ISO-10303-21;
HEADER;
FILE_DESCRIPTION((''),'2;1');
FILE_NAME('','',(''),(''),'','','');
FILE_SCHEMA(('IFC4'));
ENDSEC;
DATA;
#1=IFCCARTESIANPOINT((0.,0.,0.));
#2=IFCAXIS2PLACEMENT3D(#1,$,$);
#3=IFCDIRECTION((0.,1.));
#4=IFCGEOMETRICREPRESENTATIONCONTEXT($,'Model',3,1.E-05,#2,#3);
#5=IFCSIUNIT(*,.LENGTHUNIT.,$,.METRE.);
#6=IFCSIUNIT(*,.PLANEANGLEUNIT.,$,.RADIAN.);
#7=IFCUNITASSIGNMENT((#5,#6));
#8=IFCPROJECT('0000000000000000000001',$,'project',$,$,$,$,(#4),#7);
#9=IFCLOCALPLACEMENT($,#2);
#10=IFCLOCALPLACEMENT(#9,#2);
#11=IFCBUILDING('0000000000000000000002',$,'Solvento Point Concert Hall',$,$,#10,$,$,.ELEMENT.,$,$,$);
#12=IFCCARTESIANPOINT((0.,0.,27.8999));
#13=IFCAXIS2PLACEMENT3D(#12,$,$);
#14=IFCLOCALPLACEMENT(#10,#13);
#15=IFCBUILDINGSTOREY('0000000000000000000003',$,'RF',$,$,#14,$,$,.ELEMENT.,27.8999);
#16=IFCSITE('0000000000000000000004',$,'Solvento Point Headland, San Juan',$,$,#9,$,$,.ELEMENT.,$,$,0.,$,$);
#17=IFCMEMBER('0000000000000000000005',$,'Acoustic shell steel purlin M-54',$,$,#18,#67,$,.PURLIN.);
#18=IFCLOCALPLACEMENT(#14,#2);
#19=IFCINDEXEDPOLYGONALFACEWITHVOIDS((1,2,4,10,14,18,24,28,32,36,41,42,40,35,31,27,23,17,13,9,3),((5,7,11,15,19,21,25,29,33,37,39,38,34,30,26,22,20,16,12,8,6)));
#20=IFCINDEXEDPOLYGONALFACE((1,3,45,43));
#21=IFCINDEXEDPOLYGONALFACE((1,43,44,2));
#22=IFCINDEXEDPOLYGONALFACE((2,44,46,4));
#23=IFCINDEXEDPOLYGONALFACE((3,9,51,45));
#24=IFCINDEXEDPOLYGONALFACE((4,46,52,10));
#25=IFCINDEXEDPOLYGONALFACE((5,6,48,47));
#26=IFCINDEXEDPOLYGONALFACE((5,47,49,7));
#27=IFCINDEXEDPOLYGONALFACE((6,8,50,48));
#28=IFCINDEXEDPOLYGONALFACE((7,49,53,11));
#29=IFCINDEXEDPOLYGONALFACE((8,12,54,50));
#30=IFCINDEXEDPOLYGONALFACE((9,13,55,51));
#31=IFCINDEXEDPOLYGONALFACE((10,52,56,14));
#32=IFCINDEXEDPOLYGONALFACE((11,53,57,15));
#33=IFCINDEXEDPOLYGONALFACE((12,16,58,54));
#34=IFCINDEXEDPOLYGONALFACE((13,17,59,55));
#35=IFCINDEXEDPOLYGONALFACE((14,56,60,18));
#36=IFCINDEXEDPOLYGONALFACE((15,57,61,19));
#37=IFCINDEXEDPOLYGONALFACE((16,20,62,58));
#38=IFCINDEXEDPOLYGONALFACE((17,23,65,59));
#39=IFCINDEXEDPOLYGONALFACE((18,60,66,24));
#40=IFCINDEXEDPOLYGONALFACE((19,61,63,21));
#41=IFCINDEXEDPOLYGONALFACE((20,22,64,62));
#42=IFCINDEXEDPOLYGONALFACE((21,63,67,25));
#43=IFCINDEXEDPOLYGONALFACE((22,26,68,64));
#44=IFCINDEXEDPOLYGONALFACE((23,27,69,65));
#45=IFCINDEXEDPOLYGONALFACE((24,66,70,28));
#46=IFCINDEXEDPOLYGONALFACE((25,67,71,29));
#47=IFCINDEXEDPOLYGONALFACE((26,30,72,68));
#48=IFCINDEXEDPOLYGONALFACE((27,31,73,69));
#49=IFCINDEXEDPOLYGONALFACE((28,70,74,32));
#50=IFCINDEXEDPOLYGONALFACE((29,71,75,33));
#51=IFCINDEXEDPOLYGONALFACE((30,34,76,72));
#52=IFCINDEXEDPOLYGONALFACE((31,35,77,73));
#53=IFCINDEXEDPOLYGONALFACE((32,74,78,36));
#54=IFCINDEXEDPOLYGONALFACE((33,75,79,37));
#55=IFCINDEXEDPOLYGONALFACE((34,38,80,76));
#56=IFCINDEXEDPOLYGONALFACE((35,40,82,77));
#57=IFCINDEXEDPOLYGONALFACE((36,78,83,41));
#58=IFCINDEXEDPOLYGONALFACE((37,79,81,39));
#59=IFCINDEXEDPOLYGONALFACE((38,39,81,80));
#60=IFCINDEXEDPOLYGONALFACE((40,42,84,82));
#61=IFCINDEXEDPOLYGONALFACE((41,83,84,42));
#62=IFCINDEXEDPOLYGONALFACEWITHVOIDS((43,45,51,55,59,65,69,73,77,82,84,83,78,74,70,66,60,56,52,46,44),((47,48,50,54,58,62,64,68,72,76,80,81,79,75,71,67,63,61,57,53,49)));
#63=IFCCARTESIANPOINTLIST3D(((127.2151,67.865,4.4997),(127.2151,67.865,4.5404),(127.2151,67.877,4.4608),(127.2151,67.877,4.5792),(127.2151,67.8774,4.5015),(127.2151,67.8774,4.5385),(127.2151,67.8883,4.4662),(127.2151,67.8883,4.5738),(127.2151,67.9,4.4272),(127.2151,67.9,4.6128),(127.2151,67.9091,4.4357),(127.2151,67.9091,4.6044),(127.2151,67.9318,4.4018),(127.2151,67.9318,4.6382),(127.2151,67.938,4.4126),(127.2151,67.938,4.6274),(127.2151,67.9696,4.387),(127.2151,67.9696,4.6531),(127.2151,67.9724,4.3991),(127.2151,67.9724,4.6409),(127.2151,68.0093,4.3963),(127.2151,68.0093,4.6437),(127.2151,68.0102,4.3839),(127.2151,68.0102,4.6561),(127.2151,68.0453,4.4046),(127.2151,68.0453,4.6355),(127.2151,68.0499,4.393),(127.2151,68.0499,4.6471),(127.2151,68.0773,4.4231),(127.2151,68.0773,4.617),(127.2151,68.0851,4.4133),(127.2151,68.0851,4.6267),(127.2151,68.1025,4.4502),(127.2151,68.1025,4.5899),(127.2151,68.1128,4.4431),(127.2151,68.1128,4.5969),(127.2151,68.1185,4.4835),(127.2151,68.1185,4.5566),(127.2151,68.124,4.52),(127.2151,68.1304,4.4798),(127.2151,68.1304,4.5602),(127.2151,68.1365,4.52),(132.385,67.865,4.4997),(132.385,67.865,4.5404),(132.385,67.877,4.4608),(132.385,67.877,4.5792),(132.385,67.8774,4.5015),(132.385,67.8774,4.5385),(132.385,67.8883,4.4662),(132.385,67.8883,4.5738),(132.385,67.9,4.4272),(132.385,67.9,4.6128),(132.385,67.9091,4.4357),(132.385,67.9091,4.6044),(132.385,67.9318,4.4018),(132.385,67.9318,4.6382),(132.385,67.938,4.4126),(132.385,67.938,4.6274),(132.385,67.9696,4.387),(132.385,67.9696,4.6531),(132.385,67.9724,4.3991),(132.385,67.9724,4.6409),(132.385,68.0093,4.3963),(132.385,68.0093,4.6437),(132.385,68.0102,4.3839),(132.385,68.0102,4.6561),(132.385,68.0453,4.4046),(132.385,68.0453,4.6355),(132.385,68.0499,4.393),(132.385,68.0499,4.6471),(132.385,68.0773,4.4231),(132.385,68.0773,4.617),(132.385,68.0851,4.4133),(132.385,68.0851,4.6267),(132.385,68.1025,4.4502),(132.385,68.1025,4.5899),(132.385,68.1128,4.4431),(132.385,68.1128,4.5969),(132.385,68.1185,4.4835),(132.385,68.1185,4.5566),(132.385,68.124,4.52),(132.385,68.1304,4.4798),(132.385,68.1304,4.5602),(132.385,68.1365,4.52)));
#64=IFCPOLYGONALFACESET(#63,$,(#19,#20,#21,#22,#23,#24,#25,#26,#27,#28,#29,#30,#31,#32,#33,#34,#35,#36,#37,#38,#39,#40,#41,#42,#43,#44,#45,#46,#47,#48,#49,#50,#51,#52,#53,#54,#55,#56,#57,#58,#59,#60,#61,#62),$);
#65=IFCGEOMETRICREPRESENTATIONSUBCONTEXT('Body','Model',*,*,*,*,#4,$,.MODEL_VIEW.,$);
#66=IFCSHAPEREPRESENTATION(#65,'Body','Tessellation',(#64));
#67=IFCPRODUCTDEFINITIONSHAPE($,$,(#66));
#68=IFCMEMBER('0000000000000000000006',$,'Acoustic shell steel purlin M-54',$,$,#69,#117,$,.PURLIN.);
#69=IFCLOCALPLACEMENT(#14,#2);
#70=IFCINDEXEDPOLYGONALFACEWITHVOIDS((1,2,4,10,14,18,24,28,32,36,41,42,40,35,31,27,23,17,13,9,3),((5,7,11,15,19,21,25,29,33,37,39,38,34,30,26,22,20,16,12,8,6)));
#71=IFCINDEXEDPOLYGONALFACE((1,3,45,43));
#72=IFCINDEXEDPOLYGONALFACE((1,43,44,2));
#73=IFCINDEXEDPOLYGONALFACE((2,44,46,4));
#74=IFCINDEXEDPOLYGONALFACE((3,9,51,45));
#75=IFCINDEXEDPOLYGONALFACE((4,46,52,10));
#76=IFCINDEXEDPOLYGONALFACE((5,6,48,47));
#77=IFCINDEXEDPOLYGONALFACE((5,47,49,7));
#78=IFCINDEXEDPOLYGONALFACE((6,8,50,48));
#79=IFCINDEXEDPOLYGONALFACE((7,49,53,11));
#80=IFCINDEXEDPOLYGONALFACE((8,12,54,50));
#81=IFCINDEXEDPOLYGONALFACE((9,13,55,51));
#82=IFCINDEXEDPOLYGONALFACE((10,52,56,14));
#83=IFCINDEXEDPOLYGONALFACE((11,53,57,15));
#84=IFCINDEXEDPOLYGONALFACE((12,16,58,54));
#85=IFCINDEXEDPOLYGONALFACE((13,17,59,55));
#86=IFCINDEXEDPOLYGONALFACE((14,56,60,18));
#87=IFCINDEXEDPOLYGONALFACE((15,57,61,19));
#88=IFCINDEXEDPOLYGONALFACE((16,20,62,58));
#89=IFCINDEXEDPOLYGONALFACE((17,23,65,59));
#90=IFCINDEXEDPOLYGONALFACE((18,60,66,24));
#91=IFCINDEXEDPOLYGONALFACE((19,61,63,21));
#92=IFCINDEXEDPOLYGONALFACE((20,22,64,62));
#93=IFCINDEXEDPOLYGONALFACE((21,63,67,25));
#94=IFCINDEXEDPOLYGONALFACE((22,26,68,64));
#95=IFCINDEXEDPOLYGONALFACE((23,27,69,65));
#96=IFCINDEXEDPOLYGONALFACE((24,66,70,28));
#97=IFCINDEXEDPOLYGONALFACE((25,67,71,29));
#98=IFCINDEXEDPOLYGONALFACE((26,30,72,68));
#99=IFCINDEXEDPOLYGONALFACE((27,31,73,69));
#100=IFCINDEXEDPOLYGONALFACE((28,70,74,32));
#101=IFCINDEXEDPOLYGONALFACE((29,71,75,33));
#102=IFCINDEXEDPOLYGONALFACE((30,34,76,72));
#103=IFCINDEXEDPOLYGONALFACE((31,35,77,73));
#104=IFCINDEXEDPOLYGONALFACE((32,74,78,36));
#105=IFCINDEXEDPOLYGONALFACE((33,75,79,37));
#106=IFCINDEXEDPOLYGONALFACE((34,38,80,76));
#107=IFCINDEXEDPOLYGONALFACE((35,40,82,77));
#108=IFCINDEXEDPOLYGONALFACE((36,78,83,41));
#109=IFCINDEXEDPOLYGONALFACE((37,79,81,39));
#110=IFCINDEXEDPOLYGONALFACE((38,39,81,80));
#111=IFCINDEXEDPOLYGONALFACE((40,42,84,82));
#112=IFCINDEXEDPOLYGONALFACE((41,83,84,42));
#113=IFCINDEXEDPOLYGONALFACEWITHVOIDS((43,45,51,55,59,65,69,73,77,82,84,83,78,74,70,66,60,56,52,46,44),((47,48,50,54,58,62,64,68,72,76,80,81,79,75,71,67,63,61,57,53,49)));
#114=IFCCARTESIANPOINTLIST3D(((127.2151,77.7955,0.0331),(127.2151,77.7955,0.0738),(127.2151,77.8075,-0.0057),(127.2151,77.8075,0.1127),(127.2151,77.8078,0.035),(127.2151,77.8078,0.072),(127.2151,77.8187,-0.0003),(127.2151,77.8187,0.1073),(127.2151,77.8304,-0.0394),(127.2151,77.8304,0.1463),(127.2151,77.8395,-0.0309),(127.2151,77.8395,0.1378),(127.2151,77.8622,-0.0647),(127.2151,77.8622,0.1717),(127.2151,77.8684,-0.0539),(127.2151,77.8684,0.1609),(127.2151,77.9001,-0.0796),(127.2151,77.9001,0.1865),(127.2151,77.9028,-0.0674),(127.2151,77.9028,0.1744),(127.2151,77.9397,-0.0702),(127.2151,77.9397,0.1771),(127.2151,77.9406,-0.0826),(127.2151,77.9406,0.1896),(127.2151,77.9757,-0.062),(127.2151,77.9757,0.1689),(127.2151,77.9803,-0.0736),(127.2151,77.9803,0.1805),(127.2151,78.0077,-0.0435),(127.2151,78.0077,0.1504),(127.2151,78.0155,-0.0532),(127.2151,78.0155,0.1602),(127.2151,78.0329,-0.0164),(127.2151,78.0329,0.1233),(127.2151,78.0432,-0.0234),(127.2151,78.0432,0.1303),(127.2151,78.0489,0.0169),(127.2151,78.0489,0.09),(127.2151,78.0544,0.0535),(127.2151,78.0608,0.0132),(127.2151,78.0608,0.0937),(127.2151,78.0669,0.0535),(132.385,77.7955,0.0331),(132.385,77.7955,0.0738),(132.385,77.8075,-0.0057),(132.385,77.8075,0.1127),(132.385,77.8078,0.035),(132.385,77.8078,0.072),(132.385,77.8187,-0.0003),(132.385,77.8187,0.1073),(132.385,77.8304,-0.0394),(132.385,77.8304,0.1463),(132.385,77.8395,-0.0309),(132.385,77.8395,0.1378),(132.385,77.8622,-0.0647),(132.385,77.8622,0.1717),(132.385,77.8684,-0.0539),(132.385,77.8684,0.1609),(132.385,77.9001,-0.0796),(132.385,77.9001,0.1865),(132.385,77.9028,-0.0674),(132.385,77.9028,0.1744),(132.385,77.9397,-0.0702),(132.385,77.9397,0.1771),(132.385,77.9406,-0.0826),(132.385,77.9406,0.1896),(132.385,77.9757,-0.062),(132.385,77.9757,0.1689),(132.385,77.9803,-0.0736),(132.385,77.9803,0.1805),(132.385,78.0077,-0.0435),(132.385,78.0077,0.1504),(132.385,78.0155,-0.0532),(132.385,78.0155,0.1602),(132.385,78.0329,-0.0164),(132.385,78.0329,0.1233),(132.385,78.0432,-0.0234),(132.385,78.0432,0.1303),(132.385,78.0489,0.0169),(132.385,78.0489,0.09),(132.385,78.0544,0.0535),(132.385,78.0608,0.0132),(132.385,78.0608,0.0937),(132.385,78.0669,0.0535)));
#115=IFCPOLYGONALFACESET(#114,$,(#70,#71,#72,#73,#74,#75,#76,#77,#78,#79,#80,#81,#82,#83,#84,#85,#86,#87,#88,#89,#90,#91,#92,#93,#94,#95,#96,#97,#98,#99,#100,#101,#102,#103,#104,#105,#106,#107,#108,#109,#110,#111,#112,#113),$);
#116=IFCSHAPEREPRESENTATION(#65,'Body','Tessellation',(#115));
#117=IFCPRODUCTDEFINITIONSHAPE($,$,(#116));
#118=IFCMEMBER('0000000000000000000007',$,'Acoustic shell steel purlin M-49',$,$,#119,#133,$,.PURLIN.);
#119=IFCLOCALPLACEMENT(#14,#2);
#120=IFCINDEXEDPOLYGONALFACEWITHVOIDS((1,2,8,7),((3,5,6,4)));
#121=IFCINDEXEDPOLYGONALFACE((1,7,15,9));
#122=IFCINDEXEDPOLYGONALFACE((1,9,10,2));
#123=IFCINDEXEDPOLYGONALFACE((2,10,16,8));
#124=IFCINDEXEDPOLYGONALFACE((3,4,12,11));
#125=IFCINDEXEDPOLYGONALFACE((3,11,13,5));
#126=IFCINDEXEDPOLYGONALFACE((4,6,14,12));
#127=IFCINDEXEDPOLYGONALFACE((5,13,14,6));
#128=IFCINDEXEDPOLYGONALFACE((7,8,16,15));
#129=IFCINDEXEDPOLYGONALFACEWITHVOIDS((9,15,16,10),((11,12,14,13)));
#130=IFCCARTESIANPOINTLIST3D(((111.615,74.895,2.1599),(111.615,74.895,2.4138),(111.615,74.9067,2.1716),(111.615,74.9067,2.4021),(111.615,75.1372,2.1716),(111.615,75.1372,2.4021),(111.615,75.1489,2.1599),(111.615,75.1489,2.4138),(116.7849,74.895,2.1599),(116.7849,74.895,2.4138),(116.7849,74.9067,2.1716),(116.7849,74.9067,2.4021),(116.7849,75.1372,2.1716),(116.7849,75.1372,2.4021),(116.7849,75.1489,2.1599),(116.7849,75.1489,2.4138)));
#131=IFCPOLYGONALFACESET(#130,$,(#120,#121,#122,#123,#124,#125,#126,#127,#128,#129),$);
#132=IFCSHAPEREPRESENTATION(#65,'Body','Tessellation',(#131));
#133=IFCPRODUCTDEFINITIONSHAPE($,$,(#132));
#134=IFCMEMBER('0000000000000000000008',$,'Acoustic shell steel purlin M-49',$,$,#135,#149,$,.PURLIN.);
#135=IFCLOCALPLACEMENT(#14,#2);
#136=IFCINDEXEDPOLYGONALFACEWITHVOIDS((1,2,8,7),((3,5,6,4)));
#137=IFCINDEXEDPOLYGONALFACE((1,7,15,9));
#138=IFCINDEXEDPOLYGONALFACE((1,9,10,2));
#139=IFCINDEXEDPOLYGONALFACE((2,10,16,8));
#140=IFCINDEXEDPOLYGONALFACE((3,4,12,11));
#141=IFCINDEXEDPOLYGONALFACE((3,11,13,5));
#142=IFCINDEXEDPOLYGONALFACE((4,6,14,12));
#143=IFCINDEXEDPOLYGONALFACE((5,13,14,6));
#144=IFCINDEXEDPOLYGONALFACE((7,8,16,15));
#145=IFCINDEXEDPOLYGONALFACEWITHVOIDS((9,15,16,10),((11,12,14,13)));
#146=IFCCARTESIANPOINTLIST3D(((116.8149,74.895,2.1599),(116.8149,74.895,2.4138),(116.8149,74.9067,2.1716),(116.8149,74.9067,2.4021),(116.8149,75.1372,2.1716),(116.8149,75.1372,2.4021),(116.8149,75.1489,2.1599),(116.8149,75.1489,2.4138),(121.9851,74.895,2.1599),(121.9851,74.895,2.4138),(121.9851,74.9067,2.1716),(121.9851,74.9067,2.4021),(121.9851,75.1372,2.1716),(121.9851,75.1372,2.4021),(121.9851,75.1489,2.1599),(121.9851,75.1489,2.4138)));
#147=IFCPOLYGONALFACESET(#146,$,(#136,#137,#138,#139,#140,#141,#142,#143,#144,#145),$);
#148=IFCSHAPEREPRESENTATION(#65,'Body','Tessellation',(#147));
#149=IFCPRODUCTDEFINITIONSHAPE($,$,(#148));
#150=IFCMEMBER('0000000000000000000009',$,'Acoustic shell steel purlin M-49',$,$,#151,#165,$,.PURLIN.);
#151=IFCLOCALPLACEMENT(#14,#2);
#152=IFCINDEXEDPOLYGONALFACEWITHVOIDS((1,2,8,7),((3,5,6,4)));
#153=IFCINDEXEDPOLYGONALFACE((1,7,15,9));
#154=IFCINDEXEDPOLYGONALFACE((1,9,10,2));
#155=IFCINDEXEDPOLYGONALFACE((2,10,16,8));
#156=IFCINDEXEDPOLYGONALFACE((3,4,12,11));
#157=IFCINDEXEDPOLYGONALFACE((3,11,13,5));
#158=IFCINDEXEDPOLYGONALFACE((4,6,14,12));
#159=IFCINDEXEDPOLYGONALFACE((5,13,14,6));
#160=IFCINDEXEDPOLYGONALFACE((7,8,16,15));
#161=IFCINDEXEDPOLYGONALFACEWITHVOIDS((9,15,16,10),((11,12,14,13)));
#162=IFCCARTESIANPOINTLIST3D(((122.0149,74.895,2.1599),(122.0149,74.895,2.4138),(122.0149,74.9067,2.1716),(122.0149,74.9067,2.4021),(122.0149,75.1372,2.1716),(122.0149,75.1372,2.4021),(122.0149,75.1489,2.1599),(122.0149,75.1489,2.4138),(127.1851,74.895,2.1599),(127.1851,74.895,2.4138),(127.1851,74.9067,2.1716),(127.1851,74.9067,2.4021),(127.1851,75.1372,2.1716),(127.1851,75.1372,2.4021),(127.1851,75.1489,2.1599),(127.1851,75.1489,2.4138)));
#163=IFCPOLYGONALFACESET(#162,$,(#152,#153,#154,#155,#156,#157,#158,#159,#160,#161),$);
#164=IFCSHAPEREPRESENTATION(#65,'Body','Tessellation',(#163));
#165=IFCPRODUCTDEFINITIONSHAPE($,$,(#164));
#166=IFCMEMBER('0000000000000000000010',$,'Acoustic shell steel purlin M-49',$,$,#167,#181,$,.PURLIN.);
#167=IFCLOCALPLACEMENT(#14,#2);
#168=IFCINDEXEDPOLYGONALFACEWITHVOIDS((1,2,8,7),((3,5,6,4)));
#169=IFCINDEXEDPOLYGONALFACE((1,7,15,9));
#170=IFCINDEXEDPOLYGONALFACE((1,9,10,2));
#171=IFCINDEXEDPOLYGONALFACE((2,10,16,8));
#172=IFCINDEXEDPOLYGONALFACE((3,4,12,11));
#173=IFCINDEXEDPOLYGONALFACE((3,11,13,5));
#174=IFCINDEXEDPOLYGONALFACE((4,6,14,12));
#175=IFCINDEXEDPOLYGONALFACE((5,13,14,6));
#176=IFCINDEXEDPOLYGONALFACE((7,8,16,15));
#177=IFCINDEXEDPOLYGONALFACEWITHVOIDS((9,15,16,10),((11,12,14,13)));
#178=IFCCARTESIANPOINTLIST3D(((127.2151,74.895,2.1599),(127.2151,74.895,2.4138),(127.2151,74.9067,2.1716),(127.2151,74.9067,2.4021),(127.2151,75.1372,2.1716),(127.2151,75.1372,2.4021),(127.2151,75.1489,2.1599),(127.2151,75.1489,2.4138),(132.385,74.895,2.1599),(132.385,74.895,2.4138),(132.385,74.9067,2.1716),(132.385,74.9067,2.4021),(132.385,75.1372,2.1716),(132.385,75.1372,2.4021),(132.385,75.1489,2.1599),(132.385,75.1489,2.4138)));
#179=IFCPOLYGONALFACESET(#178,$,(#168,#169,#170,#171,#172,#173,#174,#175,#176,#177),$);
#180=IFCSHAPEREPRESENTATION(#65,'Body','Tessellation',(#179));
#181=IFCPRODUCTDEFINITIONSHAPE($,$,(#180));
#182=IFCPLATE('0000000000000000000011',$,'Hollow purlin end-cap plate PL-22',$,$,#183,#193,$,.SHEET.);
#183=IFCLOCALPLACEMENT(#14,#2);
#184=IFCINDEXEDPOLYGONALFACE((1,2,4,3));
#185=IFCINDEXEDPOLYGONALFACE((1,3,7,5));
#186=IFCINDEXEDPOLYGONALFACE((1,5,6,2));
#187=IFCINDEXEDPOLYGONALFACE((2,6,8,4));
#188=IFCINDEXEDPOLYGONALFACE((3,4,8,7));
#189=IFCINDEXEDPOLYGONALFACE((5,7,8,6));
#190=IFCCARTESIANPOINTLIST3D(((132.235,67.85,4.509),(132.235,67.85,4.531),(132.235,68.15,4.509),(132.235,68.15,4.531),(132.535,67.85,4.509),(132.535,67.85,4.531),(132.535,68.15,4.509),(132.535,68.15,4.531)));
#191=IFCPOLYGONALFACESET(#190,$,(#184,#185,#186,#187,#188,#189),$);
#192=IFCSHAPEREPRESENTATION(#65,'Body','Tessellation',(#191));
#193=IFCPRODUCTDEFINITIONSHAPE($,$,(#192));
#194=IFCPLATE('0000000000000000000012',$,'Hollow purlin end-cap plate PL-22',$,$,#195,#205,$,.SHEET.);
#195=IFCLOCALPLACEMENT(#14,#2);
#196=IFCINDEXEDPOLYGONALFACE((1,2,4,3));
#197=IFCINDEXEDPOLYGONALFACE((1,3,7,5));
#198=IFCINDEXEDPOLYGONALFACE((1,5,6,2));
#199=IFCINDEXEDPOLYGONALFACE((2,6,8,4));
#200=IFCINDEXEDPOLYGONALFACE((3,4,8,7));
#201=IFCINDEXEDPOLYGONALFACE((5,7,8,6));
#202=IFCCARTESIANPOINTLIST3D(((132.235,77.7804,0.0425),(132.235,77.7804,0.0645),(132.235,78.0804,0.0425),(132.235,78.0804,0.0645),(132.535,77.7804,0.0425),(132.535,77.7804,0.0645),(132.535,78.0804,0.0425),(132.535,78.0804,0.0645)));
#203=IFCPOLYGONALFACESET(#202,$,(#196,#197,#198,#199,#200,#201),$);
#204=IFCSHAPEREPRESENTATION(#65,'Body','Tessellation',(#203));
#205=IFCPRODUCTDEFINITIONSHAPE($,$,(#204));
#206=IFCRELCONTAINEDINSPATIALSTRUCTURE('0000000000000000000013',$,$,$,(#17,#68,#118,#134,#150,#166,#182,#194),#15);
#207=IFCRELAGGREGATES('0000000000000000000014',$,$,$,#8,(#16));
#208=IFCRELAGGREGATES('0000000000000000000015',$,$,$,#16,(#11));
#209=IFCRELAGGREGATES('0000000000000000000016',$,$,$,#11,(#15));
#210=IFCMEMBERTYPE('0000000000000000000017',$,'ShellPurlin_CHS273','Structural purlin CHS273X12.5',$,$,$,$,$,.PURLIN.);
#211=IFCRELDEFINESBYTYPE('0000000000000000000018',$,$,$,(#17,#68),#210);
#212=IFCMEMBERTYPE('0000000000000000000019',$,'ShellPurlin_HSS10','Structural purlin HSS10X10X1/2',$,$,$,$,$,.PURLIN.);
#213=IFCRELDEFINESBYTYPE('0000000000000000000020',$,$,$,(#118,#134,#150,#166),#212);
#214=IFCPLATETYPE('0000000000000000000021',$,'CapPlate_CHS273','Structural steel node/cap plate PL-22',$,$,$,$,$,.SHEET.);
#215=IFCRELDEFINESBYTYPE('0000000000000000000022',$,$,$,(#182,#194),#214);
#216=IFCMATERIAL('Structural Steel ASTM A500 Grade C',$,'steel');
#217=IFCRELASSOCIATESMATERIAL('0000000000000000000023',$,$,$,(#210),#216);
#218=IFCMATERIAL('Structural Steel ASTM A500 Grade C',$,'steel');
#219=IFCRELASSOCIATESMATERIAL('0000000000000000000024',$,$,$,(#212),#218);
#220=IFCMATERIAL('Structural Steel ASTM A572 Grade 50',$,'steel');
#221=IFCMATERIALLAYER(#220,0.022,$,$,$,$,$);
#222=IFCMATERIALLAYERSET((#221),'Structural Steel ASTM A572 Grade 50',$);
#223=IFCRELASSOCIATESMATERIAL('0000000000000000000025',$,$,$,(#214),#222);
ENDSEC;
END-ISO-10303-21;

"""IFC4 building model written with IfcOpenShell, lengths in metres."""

from ifc_helpers import new_model, si_unit, direction, frame, origin, origin_2d, place, context, subcontext, project, spatial, rectangle, hollow_rectangle, hollow_circle, extrude, material, layer, layer_set, material_profile, profile_set, type_object, element, save


model = new_model("IFC4")

# Units and contexts
model_context = context("Model", 3, precision=1e-05, world=origin(), true_north=direction((0.0, 1.0)))
body_context = subcontext(model_context, "Body", "Model", "MODEL_VIEW")
ifc_project = project(units=[si_unit("LENGTHUNIT", "METRE"), si_unit("PLANEANGLEUNIT", "RADIAN")], contexts=[model_context])

# Site, building, storey
site_placement = place(None, origin())
site = spatial("IfcSite", under=ifc_project, at=site_placement, Name="Solvento Point Headland, San Juan", CompositionType="ELEMENT", RefElevation=0.0)
building_placement = place(site_placement, origin())
building = spatial("IfcBuilding", under=site, at=building_placement, Name="Solvento Point Concert Hall", CompositionType="ELEMENT")
storey_placement = place(building_placement, frame((0.0, 0.0, 27.8999)))
storey = spatial("IfcBuildingStorey", under=building, at=storey_placement, Name="RF", CompositionType="ELEMENT", Elevation=27.8999)

# Members
ifc_material_1 = material(Name="Structural Steel ASTM A500 Grade C", Category="steel")
ifc_material_profile_1 = material_profile(ifc_material_1, hollow_circle(Radius=0.1365, WallThickness=0.0125, at=origin_2d()), Name="CHS273X12.5")
ifc_profile_set_1 = profile_set([ifc_material_profile_1], Name="Structural Steel ASTM A500 Grade C")
member_type_1 = type_object("IfcMemberType", Name="ShellPurlin_CHS273", Description="Structural purlin CHS273X12.5", PredefinedType="PURLIN", material=ifc_profile_set_1)
for number, where, z_axis, x_axis, name in (
    (1, (127.2151, 68.0, 4.52), (1.0, 0.0, 0.0), (0.0, 1.0, 0.0), "Acoustic shell steel purlin M-54"),
    (2, (127.2151, 77.9304, 0.0535), (1.0, 0.0, 0.0), (0.0, 1.0, 0.0), "Acoustic shell steel purlin M-54"),
):
    element("IfcMember", number, at=place(storey_placement, frame(where, z_axis=z_axis, x_axis=x_axis)), inside=storey, type_object=member_type_1, Name=name, PredefinedType="PURLIN", context=body_context, shape_type="SweptSolid", body=[
        extrude(hollow_circle(Radius=0.1365, WallThickness=0.0125, at=origin_2d()), origin(), (0.0, 0.0, 1.0), 5.1699),
    ])
ifc_material_2 = material(Name="Structural Steel ASTM A500 Grade C", Category="steel")
ifc_material_profile_2 = material_profile(ifc_material_2, hollow_rectangle(XDim=0.2539, YDim=0.2539, WallThickness=0.0117, at=origin_2d()), Name="HSS10X10X1/2")
ifc_profile_set_2 = profile_set([ifc_material_profile_2], Name="Structural Steel ASTM A500 Grade C")
member_type_2 = type_object("IfcMemberType", Name="ShellPurlin_HSS10", Description="Structural purlin HSS10X10X1/2", PredefinedType="PURLIN", material=ifc_profile_set_2)
member_1_placement = place(storey_placement, frame((111.615, 75.022, 2.2869), z_axis=(1.0, 0.0, 0.0), x_axis=(0.0, 1.0, 0.0)))
element("IfcMember", 3, at=member_1_placement, inside=storey, type_object=member_type_2, Name="Acoustic shell steel purlin M-49", PredefinedType="PURLIN", context=body_context, shape_type="SweptSolid", body=[
    extrude(hollow_rectangle(XDim=0.2539, YDim=0.2539, WallThickness=0.0117, at=origin_2d()), origin(), (0.0, 0.0, 1.0), 5.1699),
])
for number, where, z_axis, x_axis, name in (
    (4, (116.8149, 75.022, 2.2869), (1.0, 0.0, 0.0), (0.0, 1.0, 0.0), "Acoustic shell steel purlin M-49"),
    (5, (122.0149, 75.022, 2.2869), (1.0, 0.0, 0.0), (0.0, 1.0, 0.0), "Acoustic shell steel purlin M-49"),
):
    element("IfcMember", number, at=place(storey_placement, frame(where, z_axis=z_axis, x_axis=x_axis)), inside=storey, type_object=member_type_2, Name=name, PredefinedType="PURLIN", context=body_context, shape_type="SweptSolid", body=[
        extrude(hollow_rectangle(XDim=0.2539, YDim=0.2539, WallThickness=0.0117, at=origin_2d()), origin(), (0.0, 0.0, 1.0), 5.1702),
    ])
member_2_placement = place(storey_placement, frame((127.2151, 75.022, 2.2869), z_axis=(1.0, 0.0, 0.0), x_axis=(0.0, 1.0, 0.0)))
element("IfcMember", 6, at=member_2_placement, inside=storey, type_object=member_type_2, Name="Acoustic shell steel purlin M-49", PredefinedType="PURLIN", context=body_context, shape_type="SweptSolid", body=[
    extrude(hollow_rectangle(XDim=0.2539, YDim=0.2539, WallThickness=0.0117, at=origin_2d()), origin(), (0.0, 0.0, 1.0), 5.1699),
])

# Plates
ifc_material_3 = material(Name="Structural Steel ASTM A572 Grade 50", Category="steel")
ifc_layer_1 = layer(ifc_material_3, 0.022)
ifc_layer_set_1 = layer_set([ifc_layer_1], Name="Structural Steel ASTM A572 Grade 50")
plate_type_1 = type_object("IfcPlateType", Name="CapPlate_CHS273", Description="Structural steel node/cap plate PL-22", PredefinedType="SHEET", material=ifc_layer_set_1)
for number, where, z_axis, x_axis, name in (
    (7, (132.385, 68.0, 4.509), (0.0, 0.0, 1.0), (0.0, 1.0, 0.0), "Hollow purlin end-cap plate PL-22"),
    (8, (132.385, 77.9304, 0.0425), (0.0, 0.0, 1.0), (0.0, 1.0, 0.0), "Hollow purlin end-cap plate PL-22"),
):
    element("IfcPlate", number, at=place(storey_placement, frame(where, z_axis=z_axis, x_axis=x_axis)), inside=storey, type_object=plate_type_1, Name=name, PredefinedType="SHEET", context=body_context, shape_type="SweptSolid", body=[
        extrude(rectangle(XDim=0.3, YDim=0.3, at=origin_2d()), origin(), (0.0, 0.0, 1.0), 0.022),
    ])

save(model, "model.ifc")
